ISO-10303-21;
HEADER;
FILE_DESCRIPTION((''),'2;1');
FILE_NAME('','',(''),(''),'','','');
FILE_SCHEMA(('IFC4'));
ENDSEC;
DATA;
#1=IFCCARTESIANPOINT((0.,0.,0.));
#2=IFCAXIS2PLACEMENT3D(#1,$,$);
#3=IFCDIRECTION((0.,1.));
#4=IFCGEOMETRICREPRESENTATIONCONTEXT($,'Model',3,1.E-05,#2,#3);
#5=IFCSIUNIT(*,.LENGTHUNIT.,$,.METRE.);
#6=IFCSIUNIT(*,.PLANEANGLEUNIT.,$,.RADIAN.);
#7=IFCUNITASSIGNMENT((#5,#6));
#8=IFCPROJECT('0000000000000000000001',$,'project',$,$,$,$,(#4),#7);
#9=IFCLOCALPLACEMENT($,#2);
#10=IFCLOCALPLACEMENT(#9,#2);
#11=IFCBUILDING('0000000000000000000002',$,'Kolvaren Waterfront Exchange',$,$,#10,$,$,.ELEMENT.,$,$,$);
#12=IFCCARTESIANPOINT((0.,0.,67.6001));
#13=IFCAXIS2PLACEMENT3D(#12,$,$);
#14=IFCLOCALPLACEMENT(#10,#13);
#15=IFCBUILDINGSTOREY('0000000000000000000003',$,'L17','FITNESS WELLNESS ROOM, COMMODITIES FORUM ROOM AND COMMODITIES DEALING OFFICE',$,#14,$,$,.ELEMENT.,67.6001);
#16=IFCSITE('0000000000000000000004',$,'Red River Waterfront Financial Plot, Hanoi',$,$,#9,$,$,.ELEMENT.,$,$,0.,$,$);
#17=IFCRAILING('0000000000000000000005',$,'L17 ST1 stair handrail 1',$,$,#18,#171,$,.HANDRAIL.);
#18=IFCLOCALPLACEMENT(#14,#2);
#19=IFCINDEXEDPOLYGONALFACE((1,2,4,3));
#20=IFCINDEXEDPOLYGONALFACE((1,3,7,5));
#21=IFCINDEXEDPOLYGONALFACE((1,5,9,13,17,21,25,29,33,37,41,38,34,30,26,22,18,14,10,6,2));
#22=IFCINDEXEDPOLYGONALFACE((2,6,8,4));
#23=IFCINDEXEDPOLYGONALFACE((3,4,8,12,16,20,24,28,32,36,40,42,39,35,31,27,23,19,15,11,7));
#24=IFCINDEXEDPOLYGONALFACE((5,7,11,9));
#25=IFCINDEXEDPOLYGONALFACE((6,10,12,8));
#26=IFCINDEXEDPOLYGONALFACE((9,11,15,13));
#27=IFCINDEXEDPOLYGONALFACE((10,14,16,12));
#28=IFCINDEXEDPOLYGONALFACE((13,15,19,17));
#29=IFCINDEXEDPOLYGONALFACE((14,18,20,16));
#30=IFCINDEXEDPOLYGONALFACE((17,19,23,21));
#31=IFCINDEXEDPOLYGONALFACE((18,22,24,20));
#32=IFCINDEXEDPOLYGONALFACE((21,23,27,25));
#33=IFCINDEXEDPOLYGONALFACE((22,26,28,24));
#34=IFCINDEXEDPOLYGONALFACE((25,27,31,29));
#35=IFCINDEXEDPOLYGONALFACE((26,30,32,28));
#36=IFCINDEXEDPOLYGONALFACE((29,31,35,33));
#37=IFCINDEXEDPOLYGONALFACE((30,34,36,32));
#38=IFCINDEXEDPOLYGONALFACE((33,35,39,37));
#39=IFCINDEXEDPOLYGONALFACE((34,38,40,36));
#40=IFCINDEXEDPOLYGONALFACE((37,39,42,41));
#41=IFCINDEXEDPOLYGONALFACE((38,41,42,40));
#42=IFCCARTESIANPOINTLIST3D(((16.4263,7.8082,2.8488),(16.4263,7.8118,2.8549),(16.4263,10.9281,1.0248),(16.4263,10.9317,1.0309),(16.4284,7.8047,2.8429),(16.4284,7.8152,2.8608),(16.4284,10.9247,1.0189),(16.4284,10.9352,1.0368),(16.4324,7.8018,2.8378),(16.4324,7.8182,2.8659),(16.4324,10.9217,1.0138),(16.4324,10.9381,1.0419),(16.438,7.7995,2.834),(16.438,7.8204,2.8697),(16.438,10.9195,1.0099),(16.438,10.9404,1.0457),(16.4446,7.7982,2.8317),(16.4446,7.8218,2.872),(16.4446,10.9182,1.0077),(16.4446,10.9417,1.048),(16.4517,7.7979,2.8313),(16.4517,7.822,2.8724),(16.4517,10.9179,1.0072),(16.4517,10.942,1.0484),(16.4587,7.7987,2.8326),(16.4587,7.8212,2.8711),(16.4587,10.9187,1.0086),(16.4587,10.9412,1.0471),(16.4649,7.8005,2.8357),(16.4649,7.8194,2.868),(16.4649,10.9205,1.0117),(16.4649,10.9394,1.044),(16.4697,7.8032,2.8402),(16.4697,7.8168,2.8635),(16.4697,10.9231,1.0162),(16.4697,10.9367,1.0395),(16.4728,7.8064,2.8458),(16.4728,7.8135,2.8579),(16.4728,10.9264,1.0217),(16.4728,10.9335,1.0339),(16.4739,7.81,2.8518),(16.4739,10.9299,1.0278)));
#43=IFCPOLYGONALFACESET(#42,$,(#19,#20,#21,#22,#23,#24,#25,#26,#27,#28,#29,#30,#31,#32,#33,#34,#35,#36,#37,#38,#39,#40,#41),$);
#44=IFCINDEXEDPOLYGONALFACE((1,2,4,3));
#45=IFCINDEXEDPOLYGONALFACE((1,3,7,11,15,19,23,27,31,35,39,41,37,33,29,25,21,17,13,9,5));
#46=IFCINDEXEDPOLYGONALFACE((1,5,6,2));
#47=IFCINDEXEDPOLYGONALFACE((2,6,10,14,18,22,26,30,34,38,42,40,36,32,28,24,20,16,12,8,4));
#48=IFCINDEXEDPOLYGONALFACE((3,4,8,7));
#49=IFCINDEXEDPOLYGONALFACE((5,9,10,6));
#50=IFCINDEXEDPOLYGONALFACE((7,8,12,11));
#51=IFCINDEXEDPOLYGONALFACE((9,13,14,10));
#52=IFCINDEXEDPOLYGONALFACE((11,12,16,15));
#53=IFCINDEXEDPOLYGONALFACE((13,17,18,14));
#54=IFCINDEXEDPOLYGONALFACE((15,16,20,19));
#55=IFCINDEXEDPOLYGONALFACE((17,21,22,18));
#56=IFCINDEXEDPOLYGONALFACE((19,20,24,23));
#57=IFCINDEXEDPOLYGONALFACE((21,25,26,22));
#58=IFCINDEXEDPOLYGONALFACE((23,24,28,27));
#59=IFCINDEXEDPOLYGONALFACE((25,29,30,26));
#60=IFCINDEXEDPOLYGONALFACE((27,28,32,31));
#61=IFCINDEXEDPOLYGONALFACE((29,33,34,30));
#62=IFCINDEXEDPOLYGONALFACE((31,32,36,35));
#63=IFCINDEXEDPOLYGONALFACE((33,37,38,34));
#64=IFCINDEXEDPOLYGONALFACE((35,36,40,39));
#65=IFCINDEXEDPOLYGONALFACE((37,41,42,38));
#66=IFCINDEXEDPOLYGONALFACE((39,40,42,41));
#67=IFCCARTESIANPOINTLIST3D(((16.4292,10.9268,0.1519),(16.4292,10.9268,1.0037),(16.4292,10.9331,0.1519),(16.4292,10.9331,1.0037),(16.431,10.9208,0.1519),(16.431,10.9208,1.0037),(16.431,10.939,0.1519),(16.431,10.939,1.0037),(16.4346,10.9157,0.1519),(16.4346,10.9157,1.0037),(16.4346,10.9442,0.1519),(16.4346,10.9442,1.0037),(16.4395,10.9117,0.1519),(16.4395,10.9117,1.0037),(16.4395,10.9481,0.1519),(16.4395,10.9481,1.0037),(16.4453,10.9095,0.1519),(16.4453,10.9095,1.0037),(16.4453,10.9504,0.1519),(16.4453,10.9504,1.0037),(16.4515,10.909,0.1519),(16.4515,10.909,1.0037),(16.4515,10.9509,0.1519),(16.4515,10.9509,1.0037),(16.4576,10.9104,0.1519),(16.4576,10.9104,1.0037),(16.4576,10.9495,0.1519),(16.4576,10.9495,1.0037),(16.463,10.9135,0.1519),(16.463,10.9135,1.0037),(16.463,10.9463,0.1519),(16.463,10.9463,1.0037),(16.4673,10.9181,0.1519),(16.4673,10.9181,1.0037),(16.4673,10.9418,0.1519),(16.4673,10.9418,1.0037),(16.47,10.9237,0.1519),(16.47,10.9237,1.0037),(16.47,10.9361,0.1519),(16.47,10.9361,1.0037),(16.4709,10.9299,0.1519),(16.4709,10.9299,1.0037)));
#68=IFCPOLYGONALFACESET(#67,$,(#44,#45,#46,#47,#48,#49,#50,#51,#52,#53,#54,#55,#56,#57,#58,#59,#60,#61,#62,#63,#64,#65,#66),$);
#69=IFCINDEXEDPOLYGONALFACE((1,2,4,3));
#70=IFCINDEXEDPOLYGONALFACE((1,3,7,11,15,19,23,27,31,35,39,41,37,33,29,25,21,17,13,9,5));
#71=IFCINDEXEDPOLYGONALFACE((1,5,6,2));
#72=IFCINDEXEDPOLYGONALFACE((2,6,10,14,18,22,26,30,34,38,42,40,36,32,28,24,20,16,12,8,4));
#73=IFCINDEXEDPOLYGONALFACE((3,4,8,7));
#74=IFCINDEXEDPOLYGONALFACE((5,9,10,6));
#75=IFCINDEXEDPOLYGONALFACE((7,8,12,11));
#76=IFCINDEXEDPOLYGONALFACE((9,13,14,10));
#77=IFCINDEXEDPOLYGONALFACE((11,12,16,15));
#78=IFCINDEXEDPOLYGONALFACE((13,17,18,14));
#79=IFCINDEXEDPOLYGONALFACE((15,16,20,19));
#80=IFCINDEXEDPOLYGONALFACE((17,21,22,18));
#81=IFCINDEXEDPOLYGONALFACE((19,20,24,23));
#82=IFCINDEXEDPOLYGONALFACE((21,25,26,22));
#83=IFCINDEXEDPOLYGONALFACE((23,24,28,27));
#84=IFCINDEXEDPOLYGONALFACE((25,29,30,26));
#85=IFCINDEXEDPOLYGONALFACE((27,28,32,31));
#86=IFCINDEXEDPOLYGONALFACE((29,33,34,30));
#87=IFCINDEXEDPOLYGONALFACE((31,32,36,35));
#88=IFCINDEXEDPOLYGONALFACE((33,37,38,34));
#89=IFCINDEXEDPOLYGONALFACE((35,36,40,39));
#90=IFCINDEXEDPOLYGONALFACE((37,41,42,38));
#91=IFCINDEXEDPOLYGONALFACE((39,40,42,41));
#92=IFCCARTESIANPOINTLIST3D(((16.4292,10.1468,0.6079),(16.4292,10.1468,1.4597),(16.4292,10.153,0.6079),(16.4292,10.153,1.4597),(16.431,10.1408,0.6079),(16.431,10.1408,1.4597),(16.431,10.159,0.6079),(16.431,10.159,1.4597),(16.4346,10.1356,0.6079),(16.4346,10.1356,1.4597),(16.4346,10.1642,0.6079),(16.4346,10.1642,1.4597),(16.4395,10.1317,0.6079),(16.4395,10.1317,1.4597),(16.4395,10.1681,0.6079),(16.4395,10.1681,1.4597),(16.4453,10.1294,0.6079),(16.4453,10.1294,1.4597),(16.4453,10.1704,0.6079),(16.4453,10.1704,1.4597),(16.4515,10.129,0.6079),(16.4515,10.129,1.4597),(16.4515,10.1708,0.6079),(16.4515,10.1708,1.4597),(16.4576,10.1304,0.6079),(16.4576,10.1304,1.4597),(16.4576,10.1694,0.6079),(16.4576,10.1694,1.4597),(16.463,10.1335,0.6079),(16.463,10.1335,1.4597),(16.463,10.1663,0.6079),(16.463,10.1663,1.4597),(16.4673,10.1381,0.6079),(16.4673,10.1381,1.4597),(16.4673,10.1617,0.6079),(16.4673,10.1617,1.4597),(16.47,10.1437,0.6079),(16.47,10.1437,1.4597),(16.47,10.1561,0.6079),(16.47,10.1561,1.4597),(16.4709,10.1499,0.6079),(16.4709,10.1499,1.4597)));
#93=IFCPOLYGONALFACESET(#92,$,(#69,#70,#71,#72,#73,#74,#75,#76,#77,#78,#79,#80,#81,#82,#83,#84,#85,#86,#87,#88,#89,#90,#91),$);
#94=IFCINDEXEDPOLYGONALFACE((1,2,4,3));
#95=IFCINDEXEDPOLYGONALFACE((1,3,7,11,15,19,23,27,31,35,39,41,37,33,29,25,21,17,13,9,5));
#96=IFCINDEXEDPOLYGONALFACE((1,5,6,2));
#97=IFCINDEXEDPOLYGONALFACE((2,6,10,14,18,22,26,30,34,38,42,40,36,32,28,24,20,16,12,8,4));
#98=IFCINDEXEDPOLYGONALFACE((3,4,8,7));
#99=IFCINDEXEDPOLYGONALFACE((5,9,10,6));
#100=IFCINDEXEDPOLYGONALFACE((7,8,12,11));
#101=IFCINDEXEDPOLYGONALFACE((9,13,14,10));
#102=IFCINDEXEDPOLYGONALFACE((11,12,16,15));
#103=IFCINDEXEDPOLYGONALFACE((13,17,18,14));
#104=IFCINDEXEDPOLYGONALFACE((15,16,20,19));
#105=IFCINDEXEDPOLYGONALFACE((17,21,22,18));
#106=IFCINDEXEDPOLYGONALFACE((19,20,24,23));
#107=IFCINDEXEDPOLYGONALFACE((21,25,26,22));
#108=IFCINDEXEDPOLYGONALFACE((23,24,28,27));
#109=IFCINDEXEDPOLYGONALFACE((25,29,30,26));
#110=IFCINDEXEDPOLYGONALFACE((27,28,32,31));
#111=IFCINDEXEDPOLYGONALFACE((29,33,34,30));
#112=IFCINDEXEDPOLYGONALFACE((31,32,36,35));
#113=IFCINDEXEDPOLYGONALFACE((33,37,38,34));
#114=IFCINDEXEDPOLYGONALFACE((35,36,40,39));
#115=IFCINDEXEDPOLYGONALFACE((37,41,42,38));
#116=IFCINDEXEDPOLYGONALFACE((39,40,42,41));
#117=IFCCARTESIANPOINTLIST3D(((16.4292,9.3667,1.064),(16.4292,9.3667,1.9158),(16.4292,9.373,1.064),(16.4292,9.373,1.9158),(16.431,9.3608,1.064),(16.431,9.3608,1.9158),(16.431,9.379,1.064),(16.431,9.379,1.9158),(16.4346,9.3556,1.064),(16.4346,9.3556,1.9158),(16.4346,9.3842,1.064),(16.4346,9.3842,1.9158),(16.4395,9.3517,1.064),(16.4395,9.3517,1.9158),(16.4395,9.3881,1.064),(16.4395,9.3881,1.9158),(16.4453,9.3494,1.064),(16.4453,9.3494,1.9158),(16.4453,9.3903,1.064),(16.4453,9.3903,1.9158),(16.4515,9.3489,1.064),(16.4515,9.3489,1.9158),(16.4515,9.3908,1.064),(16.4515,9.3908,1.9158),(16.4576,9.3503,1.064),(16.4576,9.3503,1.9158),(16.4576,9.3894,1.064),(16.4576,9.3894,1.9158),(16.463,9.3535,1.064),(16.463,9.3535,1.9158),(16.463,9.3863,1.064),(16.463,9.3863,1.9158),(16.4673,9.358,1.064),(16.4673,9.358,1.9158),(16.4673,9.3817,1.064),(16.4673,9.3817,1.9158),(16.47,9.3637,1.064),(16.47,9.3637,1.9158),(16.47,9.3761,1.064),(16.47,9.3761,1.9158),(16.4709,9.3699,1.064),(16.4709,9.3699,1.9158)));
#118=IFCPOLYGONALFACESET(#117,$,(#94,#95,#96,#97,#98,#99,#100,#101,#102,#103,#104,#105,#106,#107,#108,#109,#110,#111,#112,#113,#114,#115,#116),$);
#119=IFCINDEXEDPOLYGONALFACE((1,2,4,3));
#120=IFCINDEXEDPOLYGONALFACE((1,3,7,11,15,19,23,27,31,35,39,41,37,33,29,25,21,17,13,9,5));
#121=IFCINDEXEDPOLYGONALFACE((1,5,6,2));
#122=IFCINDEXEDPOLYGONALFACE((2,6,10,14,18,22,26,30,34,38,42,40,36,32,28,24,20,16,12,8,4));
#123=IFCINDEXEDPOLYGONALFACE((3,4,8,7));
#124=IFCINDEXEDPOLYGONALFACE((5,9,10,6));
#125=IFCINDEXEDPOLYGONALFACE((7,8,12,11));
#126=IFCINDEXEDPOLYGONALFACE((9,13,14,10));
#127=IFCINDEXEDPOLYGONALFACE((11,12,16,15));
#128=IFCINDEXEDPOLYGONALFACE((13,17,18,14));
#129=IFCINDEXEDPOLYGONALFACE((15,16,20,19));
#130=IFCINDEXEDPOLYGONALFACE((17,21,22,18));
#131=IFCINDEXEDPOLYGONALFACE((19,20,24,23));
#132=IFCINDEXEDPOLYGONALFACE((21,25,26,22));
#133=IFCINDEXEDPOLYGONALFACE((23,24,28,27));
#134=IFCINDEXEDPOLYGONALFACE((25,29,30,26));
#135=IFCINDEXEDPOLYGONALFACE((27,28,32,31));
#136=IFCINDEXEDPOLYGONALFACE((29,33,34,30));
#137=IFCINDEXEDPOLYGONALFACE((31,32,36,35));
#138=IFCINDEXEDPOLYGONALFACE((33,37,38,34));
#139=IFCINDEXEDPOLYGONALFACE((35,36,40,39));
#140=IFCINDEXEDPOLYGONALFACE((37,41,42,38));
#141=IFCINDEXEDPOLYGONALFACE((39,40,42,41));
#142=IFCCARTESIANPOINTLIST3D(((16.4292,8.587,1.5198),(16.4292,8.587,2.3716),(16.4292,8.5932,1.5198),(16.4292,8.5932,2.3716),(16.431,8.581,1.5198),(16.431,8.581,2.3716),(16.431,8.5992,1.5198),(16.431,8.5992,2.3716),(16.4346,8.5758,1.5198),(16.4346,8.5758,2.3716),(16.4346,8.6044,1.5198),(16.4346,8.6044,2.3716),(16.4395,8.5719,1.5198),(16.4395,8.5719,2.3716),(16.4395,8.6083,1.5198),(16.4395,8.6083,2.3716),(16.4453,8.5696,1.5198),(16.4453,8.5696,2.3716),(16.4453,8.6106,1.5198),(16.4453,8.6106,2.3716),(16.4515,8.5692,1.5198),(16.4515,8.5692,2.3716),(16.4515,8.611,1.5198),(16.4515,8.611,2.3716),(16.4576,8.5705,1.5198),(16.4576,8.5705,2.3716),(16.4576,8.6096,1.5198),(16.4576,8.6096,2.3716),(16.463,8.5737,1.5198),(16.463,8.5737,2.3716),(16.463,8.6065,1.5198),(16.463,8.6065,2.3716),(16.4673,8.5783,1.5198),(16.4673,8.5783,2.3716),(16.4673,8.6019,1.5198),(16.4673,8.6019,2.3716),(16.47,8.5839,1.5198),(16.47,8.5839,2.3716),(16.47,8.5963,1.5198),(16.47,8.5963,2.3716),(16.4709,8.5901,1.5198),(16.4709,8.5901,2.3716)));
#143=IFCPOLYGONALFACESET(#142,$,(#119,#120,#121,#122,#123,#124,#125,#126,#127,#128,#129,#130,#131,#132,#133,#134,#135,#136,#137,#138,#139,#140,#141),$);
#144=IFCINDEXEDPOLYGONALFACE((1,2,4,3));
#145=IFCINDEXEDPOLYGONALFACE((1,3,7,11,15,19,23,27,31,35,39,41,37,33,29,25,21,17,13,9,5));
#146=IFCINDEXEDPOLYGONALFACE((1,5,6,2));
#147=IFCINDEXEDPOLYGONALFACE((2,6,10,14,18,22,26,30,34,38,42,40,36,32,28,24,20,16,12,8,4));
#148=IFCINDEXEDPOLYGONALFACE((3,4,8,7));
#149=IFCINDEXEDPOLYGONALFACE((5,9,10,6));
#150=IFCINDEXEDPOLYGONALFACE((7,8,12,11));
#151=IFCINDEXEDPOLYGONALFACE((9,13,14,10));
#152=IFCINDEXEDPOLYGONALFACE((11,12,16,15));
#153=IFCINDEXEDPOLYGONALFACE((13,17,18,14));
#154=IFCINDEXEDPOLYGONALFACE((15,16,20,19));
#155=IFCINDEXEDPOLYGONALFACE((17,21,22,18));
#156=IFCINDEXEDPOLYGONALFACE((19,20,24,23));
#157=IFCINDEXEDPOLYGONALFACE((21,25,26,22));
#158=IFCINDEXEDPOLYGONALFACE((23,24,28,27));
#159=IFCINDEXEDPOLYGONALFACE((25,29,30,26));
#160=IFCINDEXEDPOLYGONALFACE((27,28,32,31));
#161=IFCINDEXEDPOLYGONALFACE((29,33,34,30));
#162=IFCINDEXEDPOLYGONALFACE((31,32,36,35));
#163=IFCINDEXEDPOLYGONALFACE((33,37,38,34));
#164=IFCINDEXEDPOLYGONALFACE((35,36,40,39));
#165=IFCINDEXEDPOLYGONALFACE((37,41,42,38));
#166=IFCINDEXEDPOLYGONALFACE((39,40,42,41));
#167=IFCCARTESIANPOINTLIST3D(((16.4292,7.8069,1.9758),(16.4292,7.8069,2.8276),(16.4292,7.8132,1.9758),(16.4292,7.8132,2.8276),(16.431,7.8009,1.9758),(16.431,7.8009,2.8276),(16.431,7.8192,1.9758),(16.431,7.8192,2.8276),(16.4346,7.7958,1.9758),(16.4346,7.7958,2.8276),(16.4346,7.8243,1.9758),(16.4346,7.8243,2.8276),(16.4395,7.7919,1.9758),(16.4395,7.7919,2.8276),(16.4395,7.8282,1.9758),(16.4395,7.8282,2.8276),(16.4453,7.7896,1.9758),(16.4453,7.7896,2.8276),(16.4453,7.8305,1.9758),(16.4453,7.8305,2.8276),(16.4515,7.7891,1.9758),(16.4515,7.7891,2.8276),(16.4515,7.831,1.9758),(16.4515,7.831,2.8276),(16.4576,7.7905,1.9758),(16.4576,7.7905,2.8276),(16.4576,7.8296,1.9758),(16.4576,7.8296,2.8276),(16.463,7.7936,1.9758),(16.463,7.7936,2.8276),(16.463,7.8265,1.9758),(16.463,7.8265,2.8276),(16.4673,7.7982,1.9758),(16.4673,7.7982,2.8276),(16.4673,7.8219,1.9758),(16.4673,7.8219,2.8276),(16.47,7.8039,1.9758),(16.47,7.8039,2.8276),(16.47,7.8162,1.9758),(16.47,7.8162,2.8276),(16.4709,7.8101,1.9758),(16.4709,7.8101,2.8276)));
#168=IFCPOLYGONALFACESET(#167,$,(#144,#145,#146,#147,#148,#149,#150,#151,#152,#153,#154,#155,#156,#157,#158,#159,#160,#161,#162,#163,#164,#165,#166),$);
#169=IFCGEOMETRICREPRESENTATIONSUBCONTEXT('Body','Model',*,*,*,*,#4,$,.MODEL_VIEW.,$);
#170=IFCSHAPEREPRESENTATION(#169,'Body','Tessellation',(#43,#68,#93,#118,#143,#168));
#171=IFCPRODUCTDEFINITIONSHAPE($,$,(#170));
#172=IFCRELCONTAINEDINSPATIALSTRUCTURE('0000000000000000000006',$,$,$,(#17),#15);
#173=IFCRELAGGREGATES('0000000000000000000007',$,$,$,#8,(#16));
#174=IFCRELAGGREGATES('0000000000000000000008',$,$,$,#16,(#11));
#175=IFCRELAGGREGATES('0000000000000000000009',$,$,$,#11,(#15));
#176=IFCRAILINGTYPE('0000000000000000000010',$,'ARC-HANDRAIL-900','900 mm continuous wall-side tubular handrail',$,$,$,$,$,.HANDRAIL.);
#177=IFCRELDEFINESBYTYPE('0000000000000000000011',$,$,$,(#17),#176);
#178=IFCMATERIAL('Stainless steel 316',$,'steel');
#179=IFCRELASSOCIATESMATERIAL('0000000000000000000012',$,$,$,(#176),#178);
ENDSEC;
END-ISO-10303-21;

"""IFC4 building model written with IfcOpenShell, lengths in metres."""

from ifc_helpers import new_model, si_unit, direction, frame, origin, origin_2d, place, context, subcontext, project, spatial, circle, extrude, material, type_object, element, save


model = new_model("IFC4")

# Units and contexts
model_context = context("Model", 3, precision=1e-05, world=origin(), true_north=direction((0.0, 1.0)))
body_context = subcontext(model_context, "Body", "Model", "MODEL_VIEW")
ifc_project = project(units=[si_unit("LENGTHUNIT", "METRE"), si_unit("PLANEANGLEUNIT", "RADIAN")], contexts=[model_context])

# Site, building, storey
site_placement = place(None, origin())
site = spatial("IfcSite", under=ifc_project, at=site_placement, Name="Red River Waterfront Financial Plot, Hanoi", CompositionType="ELEMENT", RefElevation=0.0)
building_placement = place(site_placement, origin())
building = spatial("IfcBuilding", under=site, at=building_placement, Name="Kolvaren Waterfront Exchange", CompositionType="ELEMENT")
storey_placement = place(building_placement, frame((0.0, 0.0, 67.6001)))
storey = spatial("IfcBuildingStorey", under=building, at=storey_placement, Name="L17", Description="FITNESS WELLNESS ROOM, COMMODITIES FORUM ROOM AND COMMODITIES DEALING OFFICE", CompositionType="ELEMENT", Elevation=67.6001)

# Railing
ifc_material_1 = material(Name="Stainless steel 316", Category="steel")
railing_type_1 = type_object("IfcRailingType", Name="ARC-HANDRAIL-900", Description="900 mm continuous wall-side tubular handrail", PredefinedType="HANDRAIL", material=ifc_material_1)
railing_1_placement = place(storey_placement, frame((16.45, 10.9299, 0.1519)))
element("IfcRailing", 1, at=railing_1_placement, inside=storey, type_object=railing_type_1, Name="L17 ST1 stair handrail 1", PredefinedType="HANDRAIL", context=body_context, shape_type="SweptSolid", body=[
    extrude(circle(Radius=0.0239, at=origin_2d()), frame((0.0, 0.0, 0.876), z_axis=(0.0, -0.863291, 0.504707), x_axis=(1.0, 0.0, 0.0)), (0.0, 0.0, 1.0), 3.614),
    extrude(circle(Radius=0.021, at=origin_2d()), origin(), (0.0, 0.0, 1.0), 0.8518),
    extrude(circle(Radius=0.021, at=origin_2d()), frame((0.0, -0.78, 0.4561)), (0.0, 0.0, 1.0), 0.8518),
    extrude(circle(Radius=0.021, at=origin_2d()), frame((0.0, -1.5601, 0.9121)), (0.0, 0.0, 1.0), 0.8518),
    extrude(circle(Radius=0.021, at=origin_2d()), frame((0.0, -2.3398, 1.3679)), (0.0, 0.0, 1.0), 0.8518),
    extrude(circle(Radius=0.021, at=origin_2d()), frame((0.0, -3.1199, 1.824)), (0.0, 0.0, 1.0), 0.8518),
])

save(model, "model.ifc")
